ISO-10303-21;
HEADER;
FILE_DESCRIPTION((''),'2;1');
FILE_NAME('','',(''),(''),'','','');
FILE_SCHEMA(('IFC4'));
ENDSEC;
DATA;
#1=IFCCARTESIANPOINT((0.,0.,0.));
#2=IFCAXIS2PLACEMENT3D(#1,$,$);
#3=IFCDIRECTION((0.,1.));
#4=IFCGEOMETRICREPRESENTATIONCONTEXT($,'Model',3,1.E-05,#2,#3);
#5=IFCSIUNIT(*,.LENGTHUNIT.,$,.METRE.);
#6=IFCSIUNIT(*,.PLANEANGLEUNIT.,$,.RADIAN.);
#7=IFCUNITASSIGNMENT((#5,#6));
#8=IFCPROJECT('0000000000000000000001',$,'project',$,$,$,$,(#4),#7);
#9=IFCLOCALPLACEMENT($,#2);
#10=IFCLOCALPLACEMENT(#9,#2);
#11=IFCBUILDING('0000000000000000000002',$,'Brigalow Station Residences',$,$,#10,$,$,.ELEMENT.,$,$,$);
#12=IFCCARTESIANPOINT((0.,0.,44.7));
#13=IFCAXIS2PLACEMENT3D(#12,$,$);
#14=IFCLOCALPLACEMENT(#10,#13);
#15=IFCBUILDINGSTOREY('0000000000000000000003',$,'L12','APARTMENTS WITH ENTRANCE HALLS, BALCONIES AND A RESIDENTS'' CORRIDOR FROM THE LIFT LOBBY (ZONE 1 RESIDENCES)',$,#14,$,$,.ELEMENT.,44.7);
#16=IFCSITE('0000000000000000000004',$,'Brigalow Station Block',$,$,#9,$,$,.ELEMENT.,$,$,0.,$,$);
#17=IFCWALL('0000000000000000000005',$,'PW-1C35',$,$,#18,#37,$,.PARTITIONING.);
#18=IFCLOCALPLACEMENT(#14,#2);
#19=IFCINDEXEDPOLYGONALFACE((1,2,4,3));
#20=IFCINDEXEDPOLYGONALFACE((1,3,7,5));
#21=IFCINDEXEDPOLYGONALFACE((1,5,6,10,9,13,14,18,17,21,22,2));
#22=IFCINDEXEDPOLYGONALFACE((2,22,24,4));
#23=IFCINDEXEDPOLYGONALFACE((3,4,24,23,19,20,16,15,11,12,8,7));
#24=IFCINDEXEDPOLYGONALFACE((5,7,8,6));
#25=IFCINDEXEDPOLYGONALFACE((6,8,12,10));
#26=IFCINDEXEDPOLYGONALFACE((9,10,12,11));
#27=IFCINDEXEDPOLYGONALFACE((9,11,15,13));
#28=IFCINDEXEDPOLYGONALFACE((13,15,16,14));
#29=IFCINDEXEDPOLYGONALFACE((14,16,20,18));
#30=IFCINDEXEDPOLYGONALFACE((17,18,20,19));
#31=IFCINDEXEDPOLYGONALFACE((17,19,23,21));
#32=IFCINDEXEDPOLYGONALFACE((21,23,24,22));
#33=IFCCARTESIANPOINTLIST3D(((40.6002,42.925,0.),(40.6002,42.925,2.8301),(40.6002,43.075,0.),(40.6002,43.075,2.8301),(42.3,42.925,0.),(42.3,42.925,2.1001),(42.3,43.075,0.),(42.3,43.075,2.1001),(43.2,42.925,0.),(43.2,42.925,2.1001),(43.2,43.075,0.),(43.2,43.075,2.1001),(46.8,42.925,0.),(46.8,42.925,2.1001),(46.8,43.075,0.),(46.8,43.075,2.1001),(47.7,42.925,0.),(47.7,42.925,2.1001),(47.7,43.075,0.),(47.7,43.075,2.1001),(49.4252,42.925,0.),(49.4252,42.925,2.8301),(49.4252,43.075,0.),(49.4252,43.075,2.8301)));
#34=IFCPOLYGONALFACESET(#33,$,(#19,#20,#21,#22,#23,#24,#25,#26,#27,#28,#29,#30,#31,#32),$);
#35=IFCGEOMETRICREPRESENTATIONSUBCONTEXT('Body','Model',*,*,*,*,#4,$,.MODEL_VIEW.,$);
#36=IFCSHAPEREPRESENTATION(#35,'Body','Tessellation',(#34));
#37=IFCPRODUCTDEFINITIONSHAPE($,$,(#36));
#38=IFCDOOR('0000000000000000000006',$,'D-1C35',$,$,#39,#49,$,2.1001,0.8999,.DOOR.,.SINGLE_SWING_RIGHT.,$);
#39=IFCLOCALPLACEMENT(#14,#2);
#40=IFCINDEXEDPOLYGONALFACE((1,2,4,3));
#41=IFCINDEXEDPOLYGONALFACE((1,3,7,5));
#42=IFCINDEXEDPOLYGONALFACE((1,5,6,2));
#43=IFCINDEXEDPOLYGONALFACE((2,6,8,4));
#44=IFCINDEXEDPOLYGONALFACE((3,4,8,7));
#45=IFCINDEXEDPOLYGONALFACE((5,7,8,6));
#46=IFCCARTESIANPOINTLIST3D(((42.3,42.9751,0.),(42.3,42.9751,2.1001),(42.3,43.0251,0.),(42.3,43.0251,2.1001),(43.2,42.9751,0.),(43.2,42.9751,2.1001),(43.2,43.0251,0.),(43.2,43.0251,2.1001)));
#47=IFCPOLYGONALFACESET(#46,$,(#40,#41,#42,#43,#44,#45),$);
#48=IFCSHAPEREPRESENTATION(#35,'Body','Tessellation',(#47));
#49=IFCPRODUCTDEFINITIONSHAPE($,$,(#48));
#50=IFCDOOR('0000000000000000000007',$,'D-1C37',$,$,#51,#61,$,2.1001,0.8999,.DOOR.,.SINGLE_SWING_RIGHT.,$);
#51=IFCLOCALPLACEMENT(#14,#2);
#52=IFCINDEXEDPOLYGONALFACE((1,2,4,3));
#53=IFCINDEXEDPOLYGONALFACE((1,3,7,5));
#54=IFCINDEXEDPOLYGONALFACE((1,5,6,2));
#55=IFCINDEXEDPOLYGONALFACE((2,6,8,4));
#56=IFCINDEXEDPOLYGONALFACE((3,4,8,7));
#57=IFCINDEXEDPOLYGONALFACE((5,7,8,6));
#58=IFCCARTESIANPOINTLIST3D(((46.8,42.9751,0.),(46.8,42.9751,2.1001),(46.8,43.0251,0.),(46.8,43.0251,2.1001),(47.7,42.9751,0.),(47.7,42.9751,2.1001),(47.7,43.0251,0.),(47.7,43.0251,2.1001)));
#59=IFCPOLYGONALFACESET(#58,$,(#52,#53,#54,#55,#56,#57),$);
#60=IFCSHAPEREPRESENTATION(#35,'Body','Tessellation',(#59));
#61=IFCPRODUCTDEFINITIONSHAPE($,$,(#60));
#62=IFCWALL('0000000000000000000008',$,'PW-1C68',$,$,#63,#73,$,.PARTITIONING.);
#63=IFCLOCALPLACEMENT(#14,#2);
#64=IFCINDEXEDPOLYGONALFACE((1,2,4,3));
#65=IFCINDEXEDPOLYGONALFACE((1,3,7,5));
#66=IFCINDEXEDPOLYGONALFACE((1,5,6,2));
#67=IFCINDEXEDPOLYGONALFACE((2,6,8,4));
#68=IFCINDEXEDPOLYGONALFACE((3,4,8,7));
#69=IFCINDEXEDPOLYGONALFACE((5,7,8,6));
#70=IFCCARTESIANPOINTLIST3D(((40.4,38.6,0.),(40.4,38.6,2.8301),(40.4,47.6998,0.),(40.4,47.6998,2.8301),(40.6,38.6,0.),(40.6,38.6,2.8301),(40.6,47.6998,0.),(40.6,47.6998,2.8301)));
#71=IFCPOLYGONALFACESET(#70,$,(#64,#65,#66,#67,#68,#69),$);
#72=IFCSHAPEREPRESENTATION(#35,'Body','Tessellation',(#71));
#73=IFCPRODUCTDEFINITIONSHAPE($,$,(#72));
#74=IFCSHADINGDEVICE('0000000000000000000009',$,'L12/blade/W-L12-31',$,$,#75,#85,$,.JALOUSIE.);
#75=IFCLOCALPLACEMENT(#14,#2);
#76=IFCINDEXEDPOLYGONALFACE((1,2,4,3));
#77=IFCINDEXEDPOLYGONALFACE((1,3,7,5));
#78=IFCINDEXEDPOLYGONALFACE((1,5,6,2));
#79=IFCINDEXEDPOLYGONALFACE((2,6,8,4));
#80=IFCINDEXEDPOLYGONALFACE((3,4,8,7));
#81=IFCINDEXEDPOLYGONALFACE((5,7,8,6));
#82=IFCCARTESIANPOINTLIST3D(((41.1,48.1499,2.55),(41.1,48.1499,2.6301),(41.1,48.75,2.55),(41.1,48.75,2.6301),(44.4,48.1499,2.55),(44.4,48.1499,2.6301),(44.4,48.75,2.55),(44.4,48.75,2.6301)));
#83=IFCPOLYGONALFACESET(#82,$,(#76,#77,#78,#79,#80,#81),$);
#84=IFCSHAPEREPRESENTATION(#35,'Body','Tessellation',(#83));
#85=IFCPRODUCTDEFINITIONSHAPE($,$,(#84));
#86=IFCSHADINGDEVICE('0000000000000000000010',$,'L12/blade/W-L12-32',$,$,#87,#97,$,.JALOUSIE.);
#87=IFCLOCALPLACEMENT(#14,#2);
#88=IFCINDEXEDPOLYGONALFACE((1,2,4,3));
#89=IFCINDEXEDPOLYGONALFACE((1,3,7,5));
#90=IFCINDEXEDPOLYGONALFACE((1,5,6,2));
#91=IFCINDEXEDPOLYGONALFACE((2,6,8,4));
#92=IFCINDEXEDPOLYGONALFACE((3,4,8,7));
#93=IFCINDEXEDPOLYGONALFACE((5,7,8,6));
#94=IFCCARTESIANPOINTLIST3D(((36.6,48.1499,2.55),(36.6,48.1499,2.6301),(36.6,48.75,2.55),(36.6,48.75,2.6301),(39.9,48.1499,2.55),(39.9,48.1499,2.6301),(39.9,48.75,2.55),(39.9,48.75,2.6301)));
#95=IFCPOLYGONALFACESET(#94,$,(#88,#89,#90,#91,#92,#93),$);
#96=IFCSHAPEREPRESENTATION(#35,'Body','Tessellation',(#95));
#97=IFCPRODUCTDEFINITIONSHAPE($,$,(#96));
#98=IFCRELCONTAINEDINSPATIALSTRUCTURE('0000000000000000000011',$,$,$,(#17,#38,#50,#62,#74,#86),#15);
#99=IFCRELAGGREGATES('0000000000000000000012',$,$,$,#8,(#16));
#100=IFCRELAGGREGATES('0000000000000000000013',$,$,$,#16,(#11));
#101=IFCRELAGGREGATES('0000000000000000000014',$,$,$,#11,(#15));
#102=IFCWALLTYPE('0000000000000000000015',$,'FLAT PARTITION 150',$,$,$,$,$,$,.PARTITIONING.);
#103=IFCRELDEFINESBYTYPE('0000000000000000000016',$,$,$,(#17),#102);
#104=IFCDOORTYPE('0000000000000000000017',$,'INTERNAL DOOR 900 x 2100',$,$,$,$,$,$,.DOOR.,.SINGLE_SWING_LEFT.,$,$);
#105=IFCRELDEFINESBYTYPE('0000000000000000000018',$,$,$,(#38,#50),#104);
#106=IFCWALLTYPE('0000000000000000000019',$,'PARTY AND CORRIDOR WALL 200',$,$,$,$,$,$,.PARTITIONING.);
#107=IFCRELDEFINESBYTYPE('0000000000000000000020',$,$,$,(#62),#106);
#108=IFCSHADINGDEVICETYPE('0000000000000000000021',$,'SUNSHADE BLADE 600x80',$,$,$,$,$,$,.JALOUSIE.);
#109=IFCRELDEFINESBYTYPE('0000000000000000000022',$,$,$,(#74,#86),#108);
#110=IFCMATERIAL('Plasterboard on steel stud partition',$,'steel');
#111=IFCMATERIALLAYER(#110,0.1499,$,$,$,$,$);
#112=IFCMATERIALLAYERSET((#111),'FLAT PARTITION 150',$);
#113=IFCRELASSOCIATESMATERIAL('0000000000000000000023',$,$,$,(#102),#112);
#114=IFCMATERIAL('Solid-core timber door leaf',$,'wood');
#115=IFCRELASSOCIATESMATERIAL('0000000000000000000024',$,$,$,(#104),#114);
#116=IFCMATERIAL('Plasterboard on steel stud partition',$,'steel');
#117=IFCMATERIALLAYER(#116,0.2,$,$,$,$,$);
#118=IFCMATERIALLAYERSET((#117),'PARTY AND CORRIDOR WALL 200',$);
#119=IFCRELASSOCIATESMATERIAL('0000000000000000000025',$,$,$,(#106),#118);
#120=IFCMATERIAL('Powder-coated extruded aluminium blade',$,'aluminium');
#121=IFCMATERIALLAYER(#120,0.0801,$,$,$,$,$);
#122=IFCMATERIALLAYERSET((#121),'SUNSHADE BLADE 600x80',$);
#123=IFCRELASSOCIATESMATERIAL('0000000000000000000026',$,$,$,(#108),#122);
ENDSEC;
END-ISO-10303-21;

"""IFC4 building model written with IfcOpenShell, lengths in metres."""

from ifc_helpers import new_model, si_unit, direction, frame, frame_2d, origin, origin_2d, place, context, subcontext, project, spatial, rectangle, extrude, material, layer, layer_set, type_object, element, fill, save


model = new_model("IFC4")

# Units and contexts
model_context = context("Model", 3, precision=1e-05, world=origin(), true_north=direction((0.0, 1.0)))
body_context = subcontext(model_context, "Body", "Model", "MODEL_VIEW")
ifc_project = project(units=[si_unit("LENGTHUNIT", "METRE"), si_unit("PLANEANGLEUNIT", "RADIAN")], contexts=[model_context])

# Site, building, storey
site_placement = place(None, origin())
site = spatial("IfcSite", under=ifc_project, at=site_placement, Name="Brigalow Station Block", CompositionType="ELEMENT", RefElevation=0.0)
building_placement = place(site_placement, origin())
building = spatial("IfcBuilding", under=site, at=building_placement, Name="Brigalow Station Residences", CompositionType="ELEMENT")
storey_placement = place(building_placement, frame((0.0, 0.0, 44.7)))
storey = spatial("IfcBuildingStorey", under=building, at=storey_placement, Name="L12", Description="APARTMENTS WITH ENTRANCE HALLS, BALCONIES AND A RESIDENTS' CORRIDOR FROM THE LIFT LOBBY (ZONE 1 RESIDENCES)", CompositionType="ELEMENT", Elevation=44.7)

# Wall, openings, doors
ifc_material_1 = material(Name="Plasterboard on steel stud partition", Category="steel")
ifc_layer_1 = layer(ifc_material_1, 0.1499)
ifc_layer_set_1 = layer_set([ifc_layer_1], Name="FLAT PARTITION 150")
wall_type_1 = type_object("IfcWallType", Name="FLAT PARTITION 150", PredefinedType="PARTITIONING", material=ifc_layer_set_1)
wall_1_placement = place(storey_placement, frame((40.6001, 43.0, 0.0), z_axis=(0.0, 0.0, 1.0), x_axis=(1.0, 0.0, 0.0)))
wall_1 = element("IfcWall", 1, at=wall_1_placement, inside=storey, type_object=wall_type_1, Name="PW-1C35", PredefinedType="PARTITIONING", context=body_context, shape_type="SweptSolid", body=[
    extrude(rectangle(XDim=8.825, YDim=0.1499, at=frame_2d((4.4126, 0.0))), origin(), (0.0, 0.0, 1.0), 2.8301),
])
opening_1_placement = place(wall_1_placement, frame((1.7, 0.0, 0.0)))
opening_1 = element("IfcOpeningElement", 2, at=opening_1_placement, cuts=wall_1, PredefinedType="OPENING", context=body_context, shape_type="SweptSolid", body=[
    extrude(rectangle(XDim=0.8999, YDim=2.1001, at=frame_2d((0.45, 1.05))), frame((0.0, 0.085, 0.0), z_axis=(0.0, -1.0, 0.0), x_axis=(1.0, 0.0, 0.0)), (0.0, 0.0, 1.0), 0.1699),
])
opening_2_placement = place(wall_1_placement, frame((6.2, 0.0, 0.0)))
opening_2 = element("IfcOpeningElement", 3, at=opening_2_placement, cuts=wall_1, PredefinedType="OPENING", context=body_context, shape_type="SweptSolid", body=[
    extrude(rectangle(XDim=0.8999, YDim=2.1001, at=frame_2d((0.45, 1.05))), frame((0.0, 0.085, 0.0), z_axis=(0.0, -1.0, 0.0), x_axis=(1.0, 0.0, 0.0)), (0.0, 0.0, 1.0), 0.1699),
])
ifc_material_2 = material(Name="Solid-core timber door leaf", Category="wood")
door_type = type_object("IfcDoorType", Name="INTERNAL DOOR 900 x 2100", OperationType="SINGLE_SWING_LEFT", PredefinedType="DOOR", material=ifc_material_2)
door_1_placement = place(opening_1_placement, frame((0.8999, 0.0, 0.0), z_axis=(0.0, 0.0, 1.0), x_axis=(-1.0, 0.0, 0.0)))
door_1 = element("IfcDoor", 4, at=door_1_placement, inside=storey, type_object=door_type, Name="D-1C35", OperationType="SINGLE_SWING_RIGHT", OverallHeight=2.1001, OverallWidth=0.8999, PredefinedType="DOOR", context=body_context, shape_type="SweptSolid", body=[
    extrude(rectangle(XDim=0.8999, YDim=2.1001, at=frame_2d((0.45, 1.05))), frame((0.0, 0.0249, 0.0), z_axis=(0.0, -1.0, 0.0), x_axis=(1.0, 0.0, 0.0)), (0.0, 0.0, 1.0), 0.05),
])
fill(opening_1, door_1)
door_2_placement = place(opening_2_placement, frame((0.8999, 0.0, 0.0), z_axis=(0.0, 0.0, 1.0), x_axis=(-1.0, 0.0, 0.0)))
door_2 = element("IfcDoor", 5, at=door_2_placement, inside=storey, type_object=door_type, Name="D-1C37", OperationType="SINGLE_SWING_RIGHT", OverallHeight=2.1001, OverallWidth=0.8999, PredefinedType="DOOR", context=body_context, shape_type="SweptSolid", body=[
    extrude(rectangle(XDim=0.8999, YDim=2.1001, at=frame_2d((0.45, 1.05))), frame((0.0, 0.0249, 0.0), z_axis=(0.0, -1.0, 0.0), x_axis=(1.0, 0.0, 0.0)), (0.0, 0.0, 1.0), 0.05),
])
fill(opening_2, door_2)

# Wall
ifc_material_3 = material(Name="Plasterboard on steel stud partition", Category="steel")
ifc_layer_2 = layer(ifc_material_3, 0.2)
ifc_layer_set_2 = layer_set([ifc_layer_2], Name="PARTY AND CORRIDOR WALL 200")
wall_type_2 = type_object("IfcWallType", Name="PARTY AND CORRIDOR WALL 200", PredefinedType="PARTITIONING", material=ifc_layer_set_2)
wall_2_placement = place(storey_placement, frame((40.5, 38.6001, 0.0), z_axis=(0.0, 0.0, 1.0), x_axis=(0.0, 1.0, 0.0)))
element("IfcWall", 6, at=wall_2_placement, inside=storey, type_object=wall_type_2, Name="PW-1C68", PredefinedType="PARTITIONING", context=body_context, shape_type="SweptSolid", body=[
    extrude(rectangle(XDim=9.0999, YDim=0.2, at=frame_2d((4.5498, 0.0))), origin(), (0.0, 0.0, 1.0), 2.8301),
])

# Shading devices
ifc_material_4 = material(Name="Powder-coated extruded aluminium blade", Category="aluminium")
ifc_layer_3 = layer(ifc_material_4, 0.0801)
ifc_layer_set_3 = layer_set([ifc_layer_3], Name="SUNSHADE BLADE 600x80")
shading_device_type = type_object("IfcShadingDeviceType", Name="SUNSHADE BLADE 600x80", PredefinedType="JALOUSIE", material=ifc_layer_set_3)
for number, where, z_axis, x_axis, name in (
    (7, (42.75, 48.45, 2.55), (0.0, 0.0, 1.0), (-1.0, 0.0, 0.0), "L12/blade/W-L12-31"),
    (8, (38.25, 48.45, 2.55), (0.0, 0.0, 1.0), (-1.0, 0.0, 0.0), "L12/blade/W-L12-32"),
):
    element("IfcShadingDevice", number, at=place(storey_placement, frame(where, z_axis=z_axis, x_axis=x_axis)), inside=storey, type_object=shading_device_type, Name=name, PredefinedType="JALOUSIE", context=body_context, shape_type="SweptSolid", body=[
        extrude(rectangle(XDim=3.3, YDim=0.6001, at=origin_2d()), origin(), (0.0, 0.0, 1.0), 0.0801),
    ])

save(model, "model.ifc")
